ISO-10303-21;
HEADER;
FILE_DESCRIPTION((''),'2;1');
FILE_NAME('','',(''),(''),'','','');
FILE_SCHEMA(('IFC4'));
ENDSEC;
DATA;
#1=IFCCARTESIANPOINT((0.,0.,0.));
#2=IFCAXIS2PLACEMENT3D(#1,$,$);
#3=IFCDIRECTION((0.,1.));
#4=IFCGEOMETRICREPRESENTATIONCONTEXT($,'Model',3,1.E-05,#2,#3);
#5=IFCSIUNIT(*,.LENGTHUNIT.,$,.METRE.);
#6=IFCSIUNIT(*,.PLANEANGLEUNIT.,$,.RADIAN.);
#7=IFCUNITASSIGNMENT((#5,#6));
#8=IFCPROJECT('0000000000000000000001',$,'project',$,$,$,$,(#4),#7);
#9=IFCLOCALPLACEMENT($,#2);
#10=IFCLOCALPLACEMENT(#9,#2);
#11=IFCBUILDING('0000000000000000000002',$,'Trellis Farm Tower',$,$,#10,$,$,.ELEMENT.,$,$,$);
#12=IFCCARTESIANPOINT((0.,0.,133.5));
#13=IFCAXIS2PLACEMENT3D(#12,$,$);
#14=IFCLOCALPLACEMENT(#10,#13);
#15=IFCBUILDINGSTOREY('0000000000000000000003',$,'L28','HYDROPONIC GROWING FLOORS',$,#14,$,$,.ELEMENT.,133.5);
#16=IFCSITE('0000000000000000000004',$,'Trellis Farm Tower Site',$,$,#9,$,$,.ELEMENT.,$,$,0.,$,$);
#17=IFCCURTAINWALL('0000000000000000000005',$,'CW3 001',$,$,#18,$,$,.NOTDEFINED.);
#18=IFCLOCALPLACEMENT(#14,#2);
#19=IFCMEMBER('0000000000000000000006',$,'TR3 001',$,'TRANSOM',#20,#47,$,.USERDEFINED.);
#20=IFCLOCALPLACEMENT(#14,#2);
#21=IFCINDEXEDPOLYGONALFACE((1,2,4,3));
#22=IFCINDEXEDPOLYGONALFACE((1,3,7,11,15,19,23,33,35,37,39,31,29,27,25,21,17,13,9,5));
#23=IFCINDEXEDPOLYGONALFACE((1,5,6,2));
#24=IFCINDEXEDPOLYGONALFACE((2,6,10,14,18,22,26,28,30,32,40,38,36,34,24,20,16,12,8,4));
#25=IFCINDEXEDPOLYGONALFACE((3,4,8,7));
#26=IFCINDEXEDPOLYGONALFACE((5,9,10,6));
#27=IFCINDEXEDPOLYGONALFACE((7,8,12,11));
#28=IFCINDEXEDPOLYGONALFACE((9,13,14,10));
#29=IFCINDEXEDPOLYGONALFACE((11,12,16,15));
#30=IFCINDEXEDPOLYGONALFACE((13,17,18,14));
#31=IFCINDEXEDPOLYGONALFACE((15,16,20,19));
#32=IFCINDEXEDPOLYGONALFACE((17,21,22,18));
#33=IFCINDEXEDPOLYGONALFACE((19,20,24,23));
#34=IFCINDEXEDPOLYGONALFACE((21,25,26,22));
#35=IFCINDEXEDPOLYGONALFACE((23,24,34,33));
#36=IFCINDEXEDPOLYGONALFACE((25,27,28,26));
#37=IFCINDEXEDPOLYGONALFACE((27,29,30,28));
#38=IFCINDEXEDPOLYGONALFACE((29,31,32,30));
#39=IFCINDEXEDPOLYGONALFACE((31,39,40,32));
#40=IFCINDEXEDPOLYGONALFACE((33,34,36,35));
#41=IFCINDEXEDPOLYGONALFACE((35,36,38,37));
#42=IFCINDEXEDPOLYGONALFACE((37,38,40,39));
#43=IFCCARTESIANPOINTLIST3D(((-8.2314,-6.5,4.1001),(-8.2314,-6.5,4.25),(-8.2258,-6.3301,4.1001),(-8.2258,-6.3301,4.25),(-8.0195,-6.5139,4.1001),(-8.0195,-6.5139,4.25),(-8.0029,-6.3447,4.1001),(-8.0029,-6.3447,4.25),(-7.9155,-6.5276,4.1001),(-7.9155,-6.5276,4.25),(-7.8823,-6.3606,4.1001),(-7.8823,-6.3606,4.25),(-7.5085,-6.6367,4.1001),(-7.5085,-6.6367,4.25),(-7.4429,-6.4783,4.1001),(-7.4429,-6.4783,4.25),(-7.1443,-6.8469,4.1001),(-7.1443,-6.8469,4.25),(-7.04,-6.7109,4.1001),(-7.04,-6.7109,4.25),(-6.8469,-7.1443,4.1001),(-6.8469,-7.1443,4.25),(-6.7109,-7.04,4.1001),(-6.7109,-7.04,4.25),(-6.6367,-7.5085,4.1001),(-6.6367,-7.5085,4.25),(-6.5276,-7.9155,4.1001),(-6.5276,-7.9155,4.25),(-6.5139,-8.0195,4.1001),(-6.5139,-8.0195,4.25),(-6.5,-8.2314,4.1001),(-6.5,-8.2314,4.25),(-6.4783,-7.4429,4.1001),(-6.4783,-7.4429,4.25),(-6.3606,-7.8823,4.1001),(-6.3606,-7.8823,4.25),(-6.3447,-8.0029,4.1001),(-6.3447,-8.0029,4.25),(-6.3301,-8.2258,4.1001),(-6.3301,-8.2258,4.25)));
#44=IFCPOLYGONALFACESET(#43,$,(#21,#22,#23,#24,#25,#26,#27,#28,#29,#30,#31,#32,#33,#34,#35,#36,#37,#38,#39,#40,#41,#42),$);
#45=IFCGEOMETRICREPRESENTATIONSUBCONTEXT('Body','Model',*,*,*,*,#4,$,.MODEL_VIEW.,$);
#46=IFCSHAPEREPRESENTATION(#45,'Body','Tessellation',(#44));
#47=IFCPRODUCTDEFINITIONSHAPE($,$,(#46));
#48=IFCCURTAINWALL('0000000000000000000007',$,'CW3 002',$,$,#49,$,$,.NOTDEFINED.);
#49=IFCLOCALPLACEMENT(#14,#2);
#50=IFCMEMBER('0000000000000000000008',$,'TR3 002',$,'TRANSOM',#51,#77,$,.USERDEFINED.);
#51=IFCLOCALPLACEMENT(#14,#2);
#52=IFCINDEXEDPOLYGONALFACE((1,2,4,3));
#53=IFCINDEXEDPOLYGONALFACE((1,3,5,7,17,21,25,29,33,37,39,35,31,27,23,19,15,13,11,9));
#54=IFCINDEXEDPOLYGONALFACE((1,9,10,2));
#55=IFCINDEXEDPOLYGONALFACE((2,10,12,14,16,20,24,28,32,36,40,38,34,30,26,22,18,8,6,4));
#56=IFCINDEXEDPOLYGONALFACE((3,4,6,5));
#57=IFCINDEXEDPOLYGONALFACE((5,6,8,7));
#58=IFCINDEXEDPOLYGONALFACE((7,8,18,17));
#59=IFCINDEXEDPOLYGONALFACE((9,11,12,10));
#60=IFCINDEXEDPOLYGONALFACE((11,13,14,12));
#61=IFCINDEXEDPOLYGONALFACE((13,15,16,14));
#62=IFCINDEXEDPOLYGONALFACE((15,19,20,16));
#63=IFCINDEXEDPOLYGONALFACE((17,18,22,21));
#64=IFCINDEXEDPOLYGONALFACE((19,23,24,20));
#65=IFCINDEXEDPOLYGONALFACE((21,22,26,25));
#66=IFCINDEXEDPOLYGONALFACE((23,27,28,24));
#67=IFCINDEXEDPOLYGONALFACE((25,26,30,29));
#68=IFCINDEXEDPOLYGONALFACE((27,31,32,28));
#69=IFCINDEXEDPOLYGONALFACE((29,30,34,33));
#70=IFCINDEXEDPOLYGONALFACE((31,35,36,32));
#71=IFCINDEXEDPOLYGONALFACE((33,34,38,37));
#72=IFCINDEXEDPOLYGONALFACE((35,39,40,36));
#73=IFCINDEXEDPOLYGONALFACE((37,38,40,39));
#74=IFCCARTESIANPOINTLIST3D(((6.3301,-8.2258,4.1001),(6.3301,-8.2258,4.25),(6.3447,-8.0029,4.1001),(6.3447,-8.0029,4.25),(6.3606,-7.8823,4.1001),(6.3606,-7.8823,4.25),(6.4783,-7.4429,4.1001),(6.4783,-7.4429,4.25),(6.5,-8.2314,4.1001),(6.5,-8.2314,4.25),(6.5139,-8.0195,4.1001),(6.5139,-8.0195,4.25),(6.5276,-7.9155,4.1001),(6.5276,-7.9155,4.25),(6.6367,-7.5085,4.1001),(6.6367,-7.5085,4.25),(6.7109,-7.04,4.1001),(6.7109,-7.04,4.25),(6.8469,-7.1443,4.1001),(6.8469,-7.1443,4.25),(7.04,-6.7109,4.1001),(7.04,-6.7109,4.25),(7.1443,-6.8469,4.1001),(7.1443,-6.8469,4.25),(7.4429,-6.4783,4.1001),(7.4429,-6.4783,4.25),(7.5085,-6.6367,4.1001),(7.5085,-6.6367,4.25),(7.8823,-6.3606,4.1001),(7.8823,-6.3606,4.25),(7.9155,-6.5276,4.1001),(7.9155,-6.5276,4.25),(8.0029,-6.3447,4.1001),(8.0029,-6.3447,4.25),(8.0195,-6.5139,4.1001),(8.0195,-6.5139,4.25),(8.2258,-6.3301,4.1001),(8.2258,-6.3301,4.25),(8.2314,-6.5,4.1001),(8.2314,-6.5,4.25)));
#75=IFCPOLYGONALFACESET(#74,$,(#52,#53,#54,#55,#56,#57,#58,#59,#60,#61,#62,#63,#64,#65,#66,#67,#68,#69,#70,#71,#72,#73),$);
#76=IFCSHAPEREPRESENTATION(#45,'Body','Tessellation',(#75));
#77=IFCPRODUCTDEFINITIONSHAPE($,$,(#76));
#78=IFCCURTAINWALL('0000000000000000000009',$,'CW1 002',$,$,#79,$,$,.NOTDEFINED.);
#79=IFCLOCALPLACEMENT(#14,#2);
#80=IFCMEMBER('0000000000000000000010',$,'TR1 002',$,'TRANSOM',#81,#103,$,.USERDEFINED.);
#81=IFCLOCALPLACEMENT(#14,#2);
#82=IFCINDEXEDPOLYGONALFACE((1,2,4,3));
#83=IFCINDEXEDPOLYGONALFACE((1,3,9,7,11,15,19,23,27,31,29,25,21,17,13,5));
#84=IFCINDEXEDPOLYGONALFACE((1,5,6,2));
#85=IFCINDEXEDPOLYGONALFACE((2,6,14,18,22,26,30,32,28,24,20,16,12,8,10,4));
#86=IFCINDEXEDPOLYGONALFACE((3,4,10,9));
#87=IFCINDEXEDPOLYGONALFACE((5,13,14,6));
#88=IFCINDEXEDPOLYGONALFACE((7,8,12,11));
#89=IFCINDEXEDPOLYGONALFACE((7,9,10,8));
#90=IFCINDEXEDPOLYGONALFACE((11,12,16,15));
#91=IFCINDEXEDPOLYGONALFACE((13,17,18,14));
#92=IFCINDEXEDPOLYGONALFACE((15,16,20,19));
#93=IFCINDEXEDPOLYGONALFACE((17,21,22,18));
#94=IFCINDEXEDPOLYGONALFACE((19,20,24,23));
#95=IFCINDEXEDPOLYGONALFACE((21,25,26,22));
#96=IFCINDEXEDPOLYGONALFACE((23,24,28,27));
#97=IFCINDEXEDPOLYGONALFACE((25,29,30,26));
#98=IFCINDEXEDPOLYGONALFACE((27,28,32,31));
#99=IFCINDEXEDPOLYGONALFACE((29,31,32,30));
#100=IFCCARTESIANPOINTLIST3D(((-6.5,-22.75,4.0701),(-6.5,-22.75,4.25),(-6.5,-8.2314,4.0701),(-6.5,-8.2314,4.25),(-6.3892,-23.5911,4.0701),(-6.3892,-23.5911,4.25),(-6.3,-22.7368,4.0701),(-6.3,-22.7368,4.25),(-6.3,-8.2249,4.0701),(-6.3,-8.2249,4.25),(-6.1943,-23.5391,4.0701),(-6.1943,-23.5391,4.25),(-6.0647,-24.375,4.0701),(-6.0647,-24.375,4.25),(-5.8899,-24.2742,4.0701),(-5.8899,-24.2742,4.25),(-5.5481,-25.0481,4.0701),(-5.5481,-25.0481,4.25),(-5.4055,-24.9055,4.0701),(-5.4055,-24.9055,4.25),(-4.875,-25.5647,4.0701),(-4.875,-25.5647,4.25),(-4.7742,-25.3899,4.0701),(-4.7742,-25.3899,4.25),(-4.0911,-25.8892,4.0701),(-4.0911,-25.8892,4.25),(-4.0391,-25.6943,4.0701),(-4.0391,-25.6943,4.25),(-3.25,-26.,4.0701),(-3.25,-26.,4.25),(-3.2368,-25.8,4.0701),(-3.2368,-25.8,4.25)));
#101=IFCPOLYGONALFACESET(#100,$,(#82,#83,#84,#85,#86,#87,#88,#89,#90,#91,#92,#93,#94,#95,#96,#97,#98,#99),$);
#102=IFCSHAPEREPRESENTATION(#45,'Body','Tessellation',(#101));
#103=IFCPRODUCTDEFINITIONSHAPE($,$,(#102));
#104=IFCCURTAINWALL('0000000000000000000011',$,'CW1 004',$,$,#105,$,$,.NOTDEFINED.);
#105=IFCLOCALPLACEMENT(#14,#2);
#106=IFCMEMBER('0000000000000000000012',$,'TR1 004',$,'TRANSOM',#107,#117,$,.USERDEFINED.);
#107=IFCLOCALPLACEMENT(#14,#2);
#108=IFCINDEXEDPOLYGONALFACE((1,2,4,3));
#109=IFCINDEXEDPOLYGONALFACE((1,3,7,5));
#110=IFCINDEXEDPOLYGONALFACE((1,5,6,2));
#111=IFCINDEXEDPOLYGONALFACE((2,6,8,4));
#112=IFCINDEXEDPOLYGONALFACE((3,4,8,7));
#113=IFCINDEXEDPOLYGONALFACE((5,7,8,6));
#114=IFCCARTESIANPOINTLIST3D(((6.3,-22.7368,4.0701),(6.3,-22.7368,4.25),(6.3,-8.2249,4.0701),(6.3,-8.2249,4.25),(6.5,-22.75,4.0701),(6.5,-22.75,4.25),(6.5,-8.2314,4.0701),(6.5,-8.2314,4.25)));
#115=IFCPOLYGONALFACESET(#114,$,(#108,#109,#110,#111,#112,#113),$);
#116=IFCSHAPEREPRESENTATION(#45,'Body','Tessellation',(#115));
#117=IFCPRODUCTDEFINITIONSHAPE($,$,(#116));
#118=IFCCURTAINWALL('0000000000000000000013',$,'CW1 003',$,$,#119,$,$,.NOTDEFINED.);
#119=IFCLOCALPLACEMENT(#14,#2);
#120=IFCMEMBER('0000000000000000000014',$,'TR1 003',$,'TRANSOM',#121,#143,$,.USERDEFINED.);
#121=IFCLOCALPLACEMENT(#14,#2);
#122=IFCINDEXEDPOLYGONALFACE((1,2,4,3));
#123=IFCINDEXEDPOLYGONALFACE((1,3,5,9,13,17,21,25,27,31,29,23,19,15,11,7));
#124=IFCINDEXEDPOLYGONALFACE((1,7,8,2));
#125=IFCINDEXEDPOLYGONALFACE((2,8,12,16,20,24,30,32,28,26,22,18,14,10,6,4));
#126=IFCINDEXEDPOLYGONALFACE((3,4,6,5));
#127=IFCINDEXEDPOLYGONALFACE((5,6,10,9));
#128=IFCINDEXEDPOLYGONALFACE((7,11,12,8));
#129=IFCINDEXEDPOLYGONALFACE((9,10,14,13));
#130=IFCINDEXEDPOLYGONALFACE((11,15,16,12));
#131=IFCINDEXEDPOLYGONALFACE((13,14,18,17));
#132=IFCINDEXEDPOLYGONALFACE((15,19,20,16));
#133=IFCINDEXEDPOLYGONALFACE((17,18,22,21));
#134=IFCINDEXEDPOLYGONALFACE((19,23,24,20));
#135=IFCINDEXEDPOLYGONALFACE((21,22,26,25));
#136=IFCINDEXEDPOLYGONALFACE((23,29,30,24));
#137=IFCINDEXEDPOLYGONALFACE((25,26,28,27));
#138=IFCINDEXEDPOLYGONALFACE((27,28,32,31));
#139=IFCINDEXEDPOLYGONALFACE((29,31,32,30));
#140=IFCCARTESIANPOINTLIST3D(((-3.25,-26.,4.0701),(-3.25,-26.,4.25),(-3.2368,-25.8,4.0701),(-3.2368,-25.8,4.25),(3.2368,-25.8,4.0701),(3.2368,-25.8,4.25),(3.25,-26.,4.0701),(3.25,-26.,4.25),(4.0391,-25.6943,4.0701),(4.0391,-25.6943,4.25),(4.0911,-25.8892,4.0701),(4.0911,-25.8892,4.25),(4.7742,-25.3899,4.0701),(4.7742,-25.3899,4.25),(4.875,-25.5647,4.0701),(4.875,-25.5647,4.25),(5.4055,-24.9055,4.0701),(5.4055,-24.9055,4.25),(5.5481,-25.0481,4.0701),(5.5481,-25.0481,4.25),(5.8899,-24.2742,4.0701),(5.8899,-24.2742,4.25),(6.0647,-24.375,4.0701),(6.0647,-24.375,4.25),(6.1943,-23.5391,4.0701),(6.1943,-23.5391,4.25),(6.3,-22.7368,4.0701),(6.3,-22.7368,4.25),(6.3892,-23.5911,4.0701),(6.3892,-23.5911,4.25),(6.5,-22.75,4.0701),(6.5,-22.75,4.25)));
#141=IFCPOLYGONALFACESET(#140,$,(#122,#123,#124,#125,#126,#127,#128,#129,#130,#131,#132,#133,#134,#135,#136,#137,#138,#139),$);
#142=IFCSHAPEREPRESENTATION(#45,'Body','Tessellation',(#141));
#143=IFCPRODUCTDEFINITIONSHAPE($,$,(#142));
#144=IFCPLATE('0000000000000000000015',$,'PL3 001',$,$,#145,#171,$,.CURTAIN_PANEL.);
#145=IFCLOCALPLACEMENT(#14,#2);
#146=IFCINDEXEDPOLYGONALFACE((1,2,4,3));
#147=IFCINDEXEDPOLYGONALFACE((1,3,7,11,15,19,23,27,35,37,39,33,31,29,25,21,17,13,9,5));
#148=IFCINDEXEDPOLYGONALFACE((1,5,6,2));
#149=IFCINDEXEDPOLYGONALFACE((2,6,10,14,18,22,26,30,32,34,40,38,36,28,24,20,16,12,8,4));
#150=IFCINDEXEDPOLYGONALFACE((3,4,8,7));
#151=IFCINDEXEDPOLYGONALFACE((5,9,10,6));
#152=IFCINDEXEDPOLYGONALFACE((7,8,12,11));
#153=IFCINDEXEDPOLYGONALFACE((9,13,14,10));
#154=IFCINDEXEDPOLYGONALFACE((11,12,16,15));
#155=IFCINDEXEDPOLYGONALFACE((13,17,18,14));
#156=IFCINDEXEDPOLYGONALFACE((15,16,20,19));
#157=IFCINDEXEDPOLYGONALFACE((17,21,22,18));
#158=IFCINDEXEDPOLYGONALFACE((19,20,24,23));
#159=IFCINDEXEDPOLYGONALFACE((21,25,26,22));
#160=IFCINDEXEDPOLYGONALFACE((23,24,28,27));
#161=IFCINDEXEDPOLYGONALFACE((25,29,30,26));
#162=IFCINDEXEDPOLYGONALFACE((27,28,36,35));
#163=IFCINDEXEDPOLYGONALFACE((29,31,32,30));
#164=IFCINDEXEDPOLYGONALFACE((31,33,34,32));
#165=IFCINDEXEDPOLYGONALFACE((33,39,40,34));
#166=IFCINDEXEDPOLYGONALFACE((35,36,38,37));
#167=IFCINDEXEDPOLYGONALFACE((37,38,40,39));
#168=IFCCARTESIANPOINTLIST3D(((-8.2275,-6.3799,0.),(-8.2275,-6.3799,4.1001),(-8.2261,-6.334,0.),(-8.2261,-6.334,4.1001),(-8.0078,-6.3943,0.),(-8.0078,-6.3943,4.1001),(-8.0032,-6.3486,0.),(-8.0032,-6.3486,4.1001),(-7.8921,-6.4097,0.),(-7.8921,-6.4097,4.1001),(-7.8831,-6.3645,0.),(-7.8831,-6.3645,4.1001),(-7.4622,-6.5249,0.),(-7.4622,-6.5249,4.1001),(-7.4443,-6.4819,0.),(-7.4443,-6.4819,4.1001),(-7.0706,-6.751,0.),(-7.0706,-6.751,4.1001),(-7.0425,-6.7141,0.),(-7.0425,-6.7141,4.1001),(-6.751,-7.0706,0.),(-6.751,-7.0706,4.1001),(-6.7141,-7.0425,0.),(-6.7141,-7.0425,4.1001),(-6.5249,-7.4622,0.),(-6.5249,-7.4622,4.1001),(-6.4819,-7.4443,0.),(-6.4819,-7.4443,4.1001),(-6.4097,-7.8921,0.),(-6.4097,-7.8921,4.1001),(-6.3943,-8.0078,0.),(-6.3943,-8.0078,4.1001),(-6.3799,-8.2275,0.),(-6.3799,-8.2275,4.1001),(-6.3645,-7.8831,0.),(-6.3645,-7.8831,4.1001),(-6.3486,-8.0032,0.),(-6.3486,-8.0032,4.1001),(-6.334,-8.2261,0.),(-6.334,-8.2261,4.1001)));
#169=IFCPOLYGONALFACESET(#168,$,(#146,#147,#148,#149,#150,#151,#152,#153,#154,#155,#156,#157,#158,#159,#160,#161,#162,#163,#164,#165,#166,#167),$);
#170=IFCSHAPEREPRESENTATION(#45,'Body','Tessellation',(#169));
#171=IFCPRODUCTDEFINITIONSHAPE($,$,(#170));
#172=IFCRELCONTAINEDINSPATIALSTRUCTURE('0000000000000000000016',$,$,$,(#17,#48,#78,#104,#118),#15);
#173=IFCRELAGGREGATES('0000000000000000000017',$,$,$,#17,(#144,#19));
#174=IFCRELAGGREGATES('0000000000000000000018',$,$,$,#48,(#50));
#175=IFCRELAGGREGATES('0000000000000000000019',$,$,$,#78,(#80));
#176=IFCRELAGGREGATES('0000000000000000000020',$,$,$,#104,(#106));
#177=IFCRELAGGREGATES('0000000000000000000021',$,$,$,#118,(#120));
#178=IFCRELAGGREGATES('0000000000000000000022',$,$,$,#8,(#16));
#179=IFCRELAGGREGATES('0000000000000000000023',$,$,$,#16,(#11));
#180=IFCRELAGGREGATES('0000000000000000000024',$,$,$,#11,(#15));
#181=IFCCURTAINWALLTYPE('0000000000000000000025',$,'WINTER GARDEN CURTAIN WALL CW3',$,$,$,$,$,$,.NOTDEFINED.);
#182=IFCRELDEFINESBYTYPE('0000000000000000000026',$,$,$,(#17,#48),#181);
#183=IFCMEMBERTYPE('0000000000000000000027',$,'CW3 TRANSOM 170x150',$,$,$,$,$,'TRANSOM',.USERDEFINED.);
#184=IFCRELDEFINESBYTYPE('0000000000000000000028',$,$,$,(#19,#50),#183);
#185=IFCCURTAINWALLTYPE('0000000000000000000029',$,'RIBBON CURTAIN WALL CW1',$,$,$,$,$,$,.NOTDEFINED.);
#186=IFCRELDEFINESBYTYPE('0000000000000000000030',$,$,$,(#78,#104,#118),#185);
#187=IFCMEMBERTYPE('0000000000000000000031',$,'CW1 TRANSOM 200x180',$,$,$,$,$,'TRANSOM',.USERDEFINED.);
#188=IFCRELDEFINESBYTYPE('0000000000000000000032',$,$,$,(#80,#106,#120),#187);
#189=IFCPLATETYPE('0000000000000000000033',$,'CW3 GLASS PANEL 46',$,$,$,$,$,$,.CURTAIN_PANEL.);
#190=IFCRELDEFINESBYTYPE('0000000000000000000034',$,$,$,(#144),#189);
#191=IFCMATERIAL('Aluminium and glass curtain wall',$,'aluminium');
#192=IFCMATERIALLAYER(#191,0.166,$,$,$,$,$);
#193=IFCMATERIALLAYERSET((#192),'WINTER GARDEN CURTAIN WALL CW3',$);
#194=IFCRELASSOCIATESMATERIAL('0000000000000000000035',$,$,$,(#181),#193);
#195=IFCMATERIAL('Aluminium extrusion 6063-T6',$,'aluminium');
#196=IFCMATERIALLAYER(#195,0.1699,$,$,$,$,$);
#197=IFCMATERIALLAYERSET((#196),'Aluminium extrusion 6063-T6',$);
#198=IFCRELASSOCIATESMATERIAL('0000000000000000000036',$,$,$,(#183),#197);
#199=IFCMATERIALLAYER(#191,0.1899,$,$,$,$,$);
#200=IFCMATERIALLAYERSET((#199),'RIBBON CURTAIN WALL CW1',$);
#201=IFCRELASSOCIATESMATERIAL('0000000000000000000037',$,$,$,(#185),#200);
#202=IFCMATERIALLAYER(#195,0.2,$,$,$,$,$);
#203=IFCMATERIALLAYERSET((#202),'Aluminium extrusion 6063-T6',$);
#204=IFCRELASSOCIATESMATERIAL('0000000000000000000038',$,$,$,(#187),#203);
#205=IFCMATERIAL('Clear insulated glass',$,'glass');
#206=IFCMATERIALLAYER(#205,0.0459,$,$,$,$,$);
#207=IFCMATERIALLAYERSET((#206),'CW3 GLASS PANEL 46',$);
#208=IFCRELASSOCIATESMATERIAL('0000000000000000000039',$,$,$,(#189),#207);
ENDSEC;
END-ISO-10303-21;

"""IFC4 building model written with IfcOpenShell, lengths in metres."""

from ifc_helpers import new_model, si_unit, direction, frame, origin, place, context, subcontext, project, spatial, polyline, outline, extrude, source, transform, mapped, material, layer, layer_set, type_object, element, aggregate, save


model = new_model("IFC4")

# Units and contexts
model_context = context("Model", 3, precision=1e-05, world=origin(), true_north=direction((0.0, 1.0)))
body_context = subcontext(model_context, "Body", "Model", "MODEL_VIEW")
ifc_project = project(units=[si_unit("LENGTHUNIT", "METRE"), si_unit("PLANEANGLEUNIT", "RADIAN")], contexts=[model_context])

# Site, building, storey
site_placement = place(None, origin())
site = spatial("IfcSite", under=ifc_project, at=site_placement, Name="Trellis Farm Tower Site", CompositionType="ELEMENT", RefElevation=0.0)
building_placement = place(site_placement, origin())
building = spatial("IfcBuilding", under=site, at=building_placement, Name="Trellis Farm Tower", CompositionType="ELEMENT")
storey_placement = place(building_placement, frame((0.0, 0.0, 133.5)))
storey = spatial("IfcBuildingStorey", under=building, at=storey_placement, Name="L28", Description="HYDROPONIC GROWING FLOORS", CompositionType="ELEMENT", Elevation=133.5)

# Curtain walls, members
ifc_material_1 = material(Name="Aluminium and glass curtain wall", Category="aluminium")
ifc_layer_1 = layer(ifc_material_1, 0.166)
ifc_layer_set_1 = layer_set([ifc_layer_1], Name="WINTER GARDEN CURTAIN WALL CW3")
curtain_wall_type_1 = type_object("IfcCurtainWallType", Name="WINTER GARDEN CURTAIN WALL CW3", PredefinedType="NOTDEFINED", material=ifc_layer_set_1)
placement_1 = place(storey_placement, origin())
curtain_wall_1 = element("IfcCurtainWall", 1, at=placement_1, inside=storey, type_object=curtain_wall_type_1, Name="CW3 001", PredefinedType="NOTDEFINED")
ifc_material_2 = material(Name="Aluminium extrusion 6063-T6", Category="aluminium")
ifc_layer_2 = layer(ifc_material_2, 0.1699)
ifc_layer_set_2 = layer_set([ifc_layer_2], Name="Aluminium extrusion 6063-T6")
member_type_1 = type_object("IfcMemberType", Name="CW3 TRANSOM 170x150", ElementType="TRANSOM", PredefinedType="USERDEFINED", material=ifc_layer_set_2)
shared_shape_1 = source(origin(), body_context, "Body", "SweptSolid", [
    extrude(outline(polyline([(-8.2314, -6.5), (-8.0195, -6.5139), (-7.9155, -6.5276), (-7.5085, -6.6367), (-7.1443, -6.8469), (-6.8469, -7.1443), (-6.6367, -7.5085), (-6.5276, -7.9155), (-6.5139, -8.0195), (-6.5, -8.2314), (-6.3301, -8.2258), (-6.3447, -8.0029), (-6.3606, -7.8823), (-6.4783, -7.4429), (-6.7109, -7.04), (-7.04, -6.7109), (-7.4429, -6.4783), (-7.8823, -6.3606), (-8.0029, -6.3447), (-8.2258, -6.3301), (-8.2314, -6.5)])), origin(), (0.0, 0.0, 1.0), 0.1499),
])
placement_2 = place(storey_placement, frame((0.0, 0.0, 4.1001)))
member_1 = element("IfcMember", 2, at=placement_2, type_object=member_type_1, Name="TR3 001", ObjectType="TRANSOM", PredefinedType="USERDEFINED", context=body_context, shape_type="MappedRepresentation", body=[
    mapped(shared_shape_1, transform((0.0, 0.0, 0.0))),
])
curtain_wall_2 = element("IfcCurtainWall", 3, at=placement_1, inside=storey, type_object=curtain_wall_type_1, Name="CW3 002", PredefinedType="NOTDEFINED")
shared_shape_2 = source(origin(), body_context, "Body", "SweptSolid", [
    extrude(outline(polyline([(6.5, -8.2314), (6.5139, -8.0195), (6.5276, -7.9155), (6.6367, -7.5085), (6.8469, -7.1443), (7.1443, -6.8469), (7.5085, -6.6367), (7.9155, -6.5276), (8.0195, -6.5139), (8.2314, -6.5), (8.2258, -6.3301), (8.0029, -6.3447), (7.8823, -6.3606), (7.4429, -6.4783), (7.04, -6.7109), (6.7109, -7.04), (6.4783, -7.4429), (6.3606, -7.8823), (6.3447, -8.0029), (6.3301, -8.2258), (6.5, -8.2314)])), origin(), (0.0, 0.0, 1.0), 0.1499),
])
member_2 = element("IfcMember", 4, at=placement_2, type_object=member_type_1, Name="TR3 002", ObjectType="TRANSOM", PredefinedType="USERDEFINED", context=body_context, shape_type="MappedRepresentation", body=[
    mapped(shared_shape_2, transform((0.0, 0.0, 0.0))),
])
ifc_layer_3 = layer(ifc_material_1, 0.1899)
ifc_layer_set_3 = layer_set([ifc_layer_3], Name="RIBBON CURTAIN WALL CW1")
curtain_wall_type_2 = type_object("IfcCurtainWallType", Name="RIBBON CURTAIN WALL CW1", PredefinedType="NOTDEFINED", material=ifc_layer_set_3)
curtain_wall_3 = element("IfcCurtainWall", 5, at=placement_1, inside=storey, type_object=curtain_wall_type_2, Name="CW1 002", PredefinedType="NOTDEFINED")
ifc_layer_4 = layer(ifc_material_2, 0.2)
ifc_layer_set_4 = layer_set([ifc_layer_4], Name="Aluminium extrusion 6063-T6")
member_type_2 = type_object("IfcMemberType", Name="CW1 TRANSOM 200x180", ElementType="TRANSOM", PredefinedType="USERDEFINED", material=ifc_layer_set_4)
shared_shape_3 = source(origin(), body_context, "Body", "SweptSolid", [
    extrude(outline(polyline([(-6.5, -8.2314), (-6.5, -22.75), (-6.3892, -23.5911), (-6.0647, -24.375), (-5.5481, -25.0481), (-4.875, -25.5647), (-4.0911, -25.8892), (-3.25, -26.0), (-3.2368, -25.8), (-4.0391, -25.6943), (-4.7742, -25.3899), (-5.4055, -24.9055), (-5.8899, -24.2742), (-6.1943, -23.5391), (-6.3, -22.7368), (-6.3, -8.2249), (-6.5, -8.2314)])), origin(), (0.0, 0.0, 1.0), 0.1799),
])
placement_3 = place(storey_placement, frame((0.0, 0.0, 4.0701)))
member_3 = element("IfcMember", 6, at=placement_3, type_object=member_type_2, Name="TR1 002", ObjectType="TRANSOM", PredefinedType="USERDEFINED", context=body_context, shape_type="MappedRepresentation", body=[
    mapped(shared_shape_3, transform((0.0, 0.0, 0.0))),
])
curtain_wall_4 = element("IfcCurtainWall", 7, at=placement_1, inside=storey, type_object=curtain_wall_type_2, Name="CW1 004", PredefinedType="NOTDEFINED")
shared_shape_4 = source(origin(), body_context, "Body", "SweptSolid", [
    extrude(outline(polyline([(6.5, -22.75), (6.5, -8.2314), (6.3, -8.2249), (6.3, -22.7368), (6.5, -22.75)])), origin(), (0.0, 0.0, 1.0), 0.1799),
])
member_4 = element("IfcMember", 8, at=placement_3, type_object=member_type_2, Name="TR1 004", ObjectType="TRANSOM", PredefinedType="USERDEFINED", context=body_context, shape_type="MappedRepresentation", body=[
    mapped(shared_shape_4, transform((0.0, 0.0, 0.0))),
])
curtain_wall_5 = element("IfcCurtainWall", 9, at=placement_1, inside=storey, type_object=curtain_wall_type_2, Name="CW1 003", PredefinedType="NOTDEFINED")
shared_shape_5 = source(origin(), body_context, "Body", "SweptSolid", [
    extrude(outline(polyline([(-3.25, -26.0), (3.25, -26.0), (4.0911, -25.8892), (4.875, -25.5647), (5.5481, -25.0481), (6.0647, -24.375), (6.3892, -23.5911), (6.5, -22.75), (6.3, -22.7368), (6.1943, -23.5391), (5.8899, -24.2742), (5.4055, -24.9055), (4.7742, -25.3899), (4.0391, -25.6943), (3.2368, -25.8), (-3.2368, -25.8), (-3.25, -26.0)])), origin(), (0.0, 0.0, 1.0), 0.1799),
])
member_5 = element("IfcMember", 10, at=placement_3, type_object=member_type_2, Name="TR1 003", ObjectType="TRANSOM", PredefinedType="USERDEFINED", context=body_context, shape_type="MappedRepresentation", body=[
    mapped(shared_shape_5, transform((0.0, 0.0, 0.0))),
])

# Plate
ifc_material_3 = material(Name="Clear insulated glass", Category="glass")
ifc_layer_5 = layer(ifc_material_3, 0.0459)
ifc_layer_set_5 = layer_set([ifc_layer_5], Name="CW3 GLASS PANEL 46")
plate_type_1 = type_object("IfcPlateType", Name="CW3 GLASS PANEL 46", PredefinedType="CURTAIN_PANEL", material=ifc_layer_set_5)
shared_shape_6 = source(origin(), body_context, "Body", "SweptSolid", [
    extrude(outline(polyline([(-8.2275, -6.3799), (-8.0078, -6.3943), (-7.8921, -6.4097), (-7.4622, -6.5249), (-7.0706, -6.751), (-6.751, -7.0706), (-6.5249, -7.4622), (-6.4097, -7.8921), (-6.3943, -8.0078), (-6.3799, -8.2275), (-6.334, -8.2261), (-6.3486, -8.0032), (-6.3645, -7.8831), (-6.4819, -7.4443), (-6.7141, -7.0425), (-7.0425, -6.7141), (-7.4443, -6.4819), (-7.8831, -6.3645), (-8.0032, -6.3486), (-8.2261, -6.334), (-8.2275, -6.3799)])), origin(), (0.0, 0.0, 1.0), 4.1001),
])
plate_1 = element("IfcPlate", 11, at=placement_1, type_object=plate_type_1, Name="PL3 001", PredefinedType="CURTAIN_PANEL", context=body_context, shape_type="MappedRepresentation", body=[
    mapped(shared_shape_6, transform((0.0, 0.0, 0.0))),
])
aggregate(curtain_wall_1, [plate_1, member_1])
aggregate(curtain_wall_2, [member_2])

aggregate(curtain_wall_3, [member_3])
aggregate(curtain_wall_4, [member_4])
aggregate(curtain_wall_5, [member_5])

save(model, "model.ifc")
